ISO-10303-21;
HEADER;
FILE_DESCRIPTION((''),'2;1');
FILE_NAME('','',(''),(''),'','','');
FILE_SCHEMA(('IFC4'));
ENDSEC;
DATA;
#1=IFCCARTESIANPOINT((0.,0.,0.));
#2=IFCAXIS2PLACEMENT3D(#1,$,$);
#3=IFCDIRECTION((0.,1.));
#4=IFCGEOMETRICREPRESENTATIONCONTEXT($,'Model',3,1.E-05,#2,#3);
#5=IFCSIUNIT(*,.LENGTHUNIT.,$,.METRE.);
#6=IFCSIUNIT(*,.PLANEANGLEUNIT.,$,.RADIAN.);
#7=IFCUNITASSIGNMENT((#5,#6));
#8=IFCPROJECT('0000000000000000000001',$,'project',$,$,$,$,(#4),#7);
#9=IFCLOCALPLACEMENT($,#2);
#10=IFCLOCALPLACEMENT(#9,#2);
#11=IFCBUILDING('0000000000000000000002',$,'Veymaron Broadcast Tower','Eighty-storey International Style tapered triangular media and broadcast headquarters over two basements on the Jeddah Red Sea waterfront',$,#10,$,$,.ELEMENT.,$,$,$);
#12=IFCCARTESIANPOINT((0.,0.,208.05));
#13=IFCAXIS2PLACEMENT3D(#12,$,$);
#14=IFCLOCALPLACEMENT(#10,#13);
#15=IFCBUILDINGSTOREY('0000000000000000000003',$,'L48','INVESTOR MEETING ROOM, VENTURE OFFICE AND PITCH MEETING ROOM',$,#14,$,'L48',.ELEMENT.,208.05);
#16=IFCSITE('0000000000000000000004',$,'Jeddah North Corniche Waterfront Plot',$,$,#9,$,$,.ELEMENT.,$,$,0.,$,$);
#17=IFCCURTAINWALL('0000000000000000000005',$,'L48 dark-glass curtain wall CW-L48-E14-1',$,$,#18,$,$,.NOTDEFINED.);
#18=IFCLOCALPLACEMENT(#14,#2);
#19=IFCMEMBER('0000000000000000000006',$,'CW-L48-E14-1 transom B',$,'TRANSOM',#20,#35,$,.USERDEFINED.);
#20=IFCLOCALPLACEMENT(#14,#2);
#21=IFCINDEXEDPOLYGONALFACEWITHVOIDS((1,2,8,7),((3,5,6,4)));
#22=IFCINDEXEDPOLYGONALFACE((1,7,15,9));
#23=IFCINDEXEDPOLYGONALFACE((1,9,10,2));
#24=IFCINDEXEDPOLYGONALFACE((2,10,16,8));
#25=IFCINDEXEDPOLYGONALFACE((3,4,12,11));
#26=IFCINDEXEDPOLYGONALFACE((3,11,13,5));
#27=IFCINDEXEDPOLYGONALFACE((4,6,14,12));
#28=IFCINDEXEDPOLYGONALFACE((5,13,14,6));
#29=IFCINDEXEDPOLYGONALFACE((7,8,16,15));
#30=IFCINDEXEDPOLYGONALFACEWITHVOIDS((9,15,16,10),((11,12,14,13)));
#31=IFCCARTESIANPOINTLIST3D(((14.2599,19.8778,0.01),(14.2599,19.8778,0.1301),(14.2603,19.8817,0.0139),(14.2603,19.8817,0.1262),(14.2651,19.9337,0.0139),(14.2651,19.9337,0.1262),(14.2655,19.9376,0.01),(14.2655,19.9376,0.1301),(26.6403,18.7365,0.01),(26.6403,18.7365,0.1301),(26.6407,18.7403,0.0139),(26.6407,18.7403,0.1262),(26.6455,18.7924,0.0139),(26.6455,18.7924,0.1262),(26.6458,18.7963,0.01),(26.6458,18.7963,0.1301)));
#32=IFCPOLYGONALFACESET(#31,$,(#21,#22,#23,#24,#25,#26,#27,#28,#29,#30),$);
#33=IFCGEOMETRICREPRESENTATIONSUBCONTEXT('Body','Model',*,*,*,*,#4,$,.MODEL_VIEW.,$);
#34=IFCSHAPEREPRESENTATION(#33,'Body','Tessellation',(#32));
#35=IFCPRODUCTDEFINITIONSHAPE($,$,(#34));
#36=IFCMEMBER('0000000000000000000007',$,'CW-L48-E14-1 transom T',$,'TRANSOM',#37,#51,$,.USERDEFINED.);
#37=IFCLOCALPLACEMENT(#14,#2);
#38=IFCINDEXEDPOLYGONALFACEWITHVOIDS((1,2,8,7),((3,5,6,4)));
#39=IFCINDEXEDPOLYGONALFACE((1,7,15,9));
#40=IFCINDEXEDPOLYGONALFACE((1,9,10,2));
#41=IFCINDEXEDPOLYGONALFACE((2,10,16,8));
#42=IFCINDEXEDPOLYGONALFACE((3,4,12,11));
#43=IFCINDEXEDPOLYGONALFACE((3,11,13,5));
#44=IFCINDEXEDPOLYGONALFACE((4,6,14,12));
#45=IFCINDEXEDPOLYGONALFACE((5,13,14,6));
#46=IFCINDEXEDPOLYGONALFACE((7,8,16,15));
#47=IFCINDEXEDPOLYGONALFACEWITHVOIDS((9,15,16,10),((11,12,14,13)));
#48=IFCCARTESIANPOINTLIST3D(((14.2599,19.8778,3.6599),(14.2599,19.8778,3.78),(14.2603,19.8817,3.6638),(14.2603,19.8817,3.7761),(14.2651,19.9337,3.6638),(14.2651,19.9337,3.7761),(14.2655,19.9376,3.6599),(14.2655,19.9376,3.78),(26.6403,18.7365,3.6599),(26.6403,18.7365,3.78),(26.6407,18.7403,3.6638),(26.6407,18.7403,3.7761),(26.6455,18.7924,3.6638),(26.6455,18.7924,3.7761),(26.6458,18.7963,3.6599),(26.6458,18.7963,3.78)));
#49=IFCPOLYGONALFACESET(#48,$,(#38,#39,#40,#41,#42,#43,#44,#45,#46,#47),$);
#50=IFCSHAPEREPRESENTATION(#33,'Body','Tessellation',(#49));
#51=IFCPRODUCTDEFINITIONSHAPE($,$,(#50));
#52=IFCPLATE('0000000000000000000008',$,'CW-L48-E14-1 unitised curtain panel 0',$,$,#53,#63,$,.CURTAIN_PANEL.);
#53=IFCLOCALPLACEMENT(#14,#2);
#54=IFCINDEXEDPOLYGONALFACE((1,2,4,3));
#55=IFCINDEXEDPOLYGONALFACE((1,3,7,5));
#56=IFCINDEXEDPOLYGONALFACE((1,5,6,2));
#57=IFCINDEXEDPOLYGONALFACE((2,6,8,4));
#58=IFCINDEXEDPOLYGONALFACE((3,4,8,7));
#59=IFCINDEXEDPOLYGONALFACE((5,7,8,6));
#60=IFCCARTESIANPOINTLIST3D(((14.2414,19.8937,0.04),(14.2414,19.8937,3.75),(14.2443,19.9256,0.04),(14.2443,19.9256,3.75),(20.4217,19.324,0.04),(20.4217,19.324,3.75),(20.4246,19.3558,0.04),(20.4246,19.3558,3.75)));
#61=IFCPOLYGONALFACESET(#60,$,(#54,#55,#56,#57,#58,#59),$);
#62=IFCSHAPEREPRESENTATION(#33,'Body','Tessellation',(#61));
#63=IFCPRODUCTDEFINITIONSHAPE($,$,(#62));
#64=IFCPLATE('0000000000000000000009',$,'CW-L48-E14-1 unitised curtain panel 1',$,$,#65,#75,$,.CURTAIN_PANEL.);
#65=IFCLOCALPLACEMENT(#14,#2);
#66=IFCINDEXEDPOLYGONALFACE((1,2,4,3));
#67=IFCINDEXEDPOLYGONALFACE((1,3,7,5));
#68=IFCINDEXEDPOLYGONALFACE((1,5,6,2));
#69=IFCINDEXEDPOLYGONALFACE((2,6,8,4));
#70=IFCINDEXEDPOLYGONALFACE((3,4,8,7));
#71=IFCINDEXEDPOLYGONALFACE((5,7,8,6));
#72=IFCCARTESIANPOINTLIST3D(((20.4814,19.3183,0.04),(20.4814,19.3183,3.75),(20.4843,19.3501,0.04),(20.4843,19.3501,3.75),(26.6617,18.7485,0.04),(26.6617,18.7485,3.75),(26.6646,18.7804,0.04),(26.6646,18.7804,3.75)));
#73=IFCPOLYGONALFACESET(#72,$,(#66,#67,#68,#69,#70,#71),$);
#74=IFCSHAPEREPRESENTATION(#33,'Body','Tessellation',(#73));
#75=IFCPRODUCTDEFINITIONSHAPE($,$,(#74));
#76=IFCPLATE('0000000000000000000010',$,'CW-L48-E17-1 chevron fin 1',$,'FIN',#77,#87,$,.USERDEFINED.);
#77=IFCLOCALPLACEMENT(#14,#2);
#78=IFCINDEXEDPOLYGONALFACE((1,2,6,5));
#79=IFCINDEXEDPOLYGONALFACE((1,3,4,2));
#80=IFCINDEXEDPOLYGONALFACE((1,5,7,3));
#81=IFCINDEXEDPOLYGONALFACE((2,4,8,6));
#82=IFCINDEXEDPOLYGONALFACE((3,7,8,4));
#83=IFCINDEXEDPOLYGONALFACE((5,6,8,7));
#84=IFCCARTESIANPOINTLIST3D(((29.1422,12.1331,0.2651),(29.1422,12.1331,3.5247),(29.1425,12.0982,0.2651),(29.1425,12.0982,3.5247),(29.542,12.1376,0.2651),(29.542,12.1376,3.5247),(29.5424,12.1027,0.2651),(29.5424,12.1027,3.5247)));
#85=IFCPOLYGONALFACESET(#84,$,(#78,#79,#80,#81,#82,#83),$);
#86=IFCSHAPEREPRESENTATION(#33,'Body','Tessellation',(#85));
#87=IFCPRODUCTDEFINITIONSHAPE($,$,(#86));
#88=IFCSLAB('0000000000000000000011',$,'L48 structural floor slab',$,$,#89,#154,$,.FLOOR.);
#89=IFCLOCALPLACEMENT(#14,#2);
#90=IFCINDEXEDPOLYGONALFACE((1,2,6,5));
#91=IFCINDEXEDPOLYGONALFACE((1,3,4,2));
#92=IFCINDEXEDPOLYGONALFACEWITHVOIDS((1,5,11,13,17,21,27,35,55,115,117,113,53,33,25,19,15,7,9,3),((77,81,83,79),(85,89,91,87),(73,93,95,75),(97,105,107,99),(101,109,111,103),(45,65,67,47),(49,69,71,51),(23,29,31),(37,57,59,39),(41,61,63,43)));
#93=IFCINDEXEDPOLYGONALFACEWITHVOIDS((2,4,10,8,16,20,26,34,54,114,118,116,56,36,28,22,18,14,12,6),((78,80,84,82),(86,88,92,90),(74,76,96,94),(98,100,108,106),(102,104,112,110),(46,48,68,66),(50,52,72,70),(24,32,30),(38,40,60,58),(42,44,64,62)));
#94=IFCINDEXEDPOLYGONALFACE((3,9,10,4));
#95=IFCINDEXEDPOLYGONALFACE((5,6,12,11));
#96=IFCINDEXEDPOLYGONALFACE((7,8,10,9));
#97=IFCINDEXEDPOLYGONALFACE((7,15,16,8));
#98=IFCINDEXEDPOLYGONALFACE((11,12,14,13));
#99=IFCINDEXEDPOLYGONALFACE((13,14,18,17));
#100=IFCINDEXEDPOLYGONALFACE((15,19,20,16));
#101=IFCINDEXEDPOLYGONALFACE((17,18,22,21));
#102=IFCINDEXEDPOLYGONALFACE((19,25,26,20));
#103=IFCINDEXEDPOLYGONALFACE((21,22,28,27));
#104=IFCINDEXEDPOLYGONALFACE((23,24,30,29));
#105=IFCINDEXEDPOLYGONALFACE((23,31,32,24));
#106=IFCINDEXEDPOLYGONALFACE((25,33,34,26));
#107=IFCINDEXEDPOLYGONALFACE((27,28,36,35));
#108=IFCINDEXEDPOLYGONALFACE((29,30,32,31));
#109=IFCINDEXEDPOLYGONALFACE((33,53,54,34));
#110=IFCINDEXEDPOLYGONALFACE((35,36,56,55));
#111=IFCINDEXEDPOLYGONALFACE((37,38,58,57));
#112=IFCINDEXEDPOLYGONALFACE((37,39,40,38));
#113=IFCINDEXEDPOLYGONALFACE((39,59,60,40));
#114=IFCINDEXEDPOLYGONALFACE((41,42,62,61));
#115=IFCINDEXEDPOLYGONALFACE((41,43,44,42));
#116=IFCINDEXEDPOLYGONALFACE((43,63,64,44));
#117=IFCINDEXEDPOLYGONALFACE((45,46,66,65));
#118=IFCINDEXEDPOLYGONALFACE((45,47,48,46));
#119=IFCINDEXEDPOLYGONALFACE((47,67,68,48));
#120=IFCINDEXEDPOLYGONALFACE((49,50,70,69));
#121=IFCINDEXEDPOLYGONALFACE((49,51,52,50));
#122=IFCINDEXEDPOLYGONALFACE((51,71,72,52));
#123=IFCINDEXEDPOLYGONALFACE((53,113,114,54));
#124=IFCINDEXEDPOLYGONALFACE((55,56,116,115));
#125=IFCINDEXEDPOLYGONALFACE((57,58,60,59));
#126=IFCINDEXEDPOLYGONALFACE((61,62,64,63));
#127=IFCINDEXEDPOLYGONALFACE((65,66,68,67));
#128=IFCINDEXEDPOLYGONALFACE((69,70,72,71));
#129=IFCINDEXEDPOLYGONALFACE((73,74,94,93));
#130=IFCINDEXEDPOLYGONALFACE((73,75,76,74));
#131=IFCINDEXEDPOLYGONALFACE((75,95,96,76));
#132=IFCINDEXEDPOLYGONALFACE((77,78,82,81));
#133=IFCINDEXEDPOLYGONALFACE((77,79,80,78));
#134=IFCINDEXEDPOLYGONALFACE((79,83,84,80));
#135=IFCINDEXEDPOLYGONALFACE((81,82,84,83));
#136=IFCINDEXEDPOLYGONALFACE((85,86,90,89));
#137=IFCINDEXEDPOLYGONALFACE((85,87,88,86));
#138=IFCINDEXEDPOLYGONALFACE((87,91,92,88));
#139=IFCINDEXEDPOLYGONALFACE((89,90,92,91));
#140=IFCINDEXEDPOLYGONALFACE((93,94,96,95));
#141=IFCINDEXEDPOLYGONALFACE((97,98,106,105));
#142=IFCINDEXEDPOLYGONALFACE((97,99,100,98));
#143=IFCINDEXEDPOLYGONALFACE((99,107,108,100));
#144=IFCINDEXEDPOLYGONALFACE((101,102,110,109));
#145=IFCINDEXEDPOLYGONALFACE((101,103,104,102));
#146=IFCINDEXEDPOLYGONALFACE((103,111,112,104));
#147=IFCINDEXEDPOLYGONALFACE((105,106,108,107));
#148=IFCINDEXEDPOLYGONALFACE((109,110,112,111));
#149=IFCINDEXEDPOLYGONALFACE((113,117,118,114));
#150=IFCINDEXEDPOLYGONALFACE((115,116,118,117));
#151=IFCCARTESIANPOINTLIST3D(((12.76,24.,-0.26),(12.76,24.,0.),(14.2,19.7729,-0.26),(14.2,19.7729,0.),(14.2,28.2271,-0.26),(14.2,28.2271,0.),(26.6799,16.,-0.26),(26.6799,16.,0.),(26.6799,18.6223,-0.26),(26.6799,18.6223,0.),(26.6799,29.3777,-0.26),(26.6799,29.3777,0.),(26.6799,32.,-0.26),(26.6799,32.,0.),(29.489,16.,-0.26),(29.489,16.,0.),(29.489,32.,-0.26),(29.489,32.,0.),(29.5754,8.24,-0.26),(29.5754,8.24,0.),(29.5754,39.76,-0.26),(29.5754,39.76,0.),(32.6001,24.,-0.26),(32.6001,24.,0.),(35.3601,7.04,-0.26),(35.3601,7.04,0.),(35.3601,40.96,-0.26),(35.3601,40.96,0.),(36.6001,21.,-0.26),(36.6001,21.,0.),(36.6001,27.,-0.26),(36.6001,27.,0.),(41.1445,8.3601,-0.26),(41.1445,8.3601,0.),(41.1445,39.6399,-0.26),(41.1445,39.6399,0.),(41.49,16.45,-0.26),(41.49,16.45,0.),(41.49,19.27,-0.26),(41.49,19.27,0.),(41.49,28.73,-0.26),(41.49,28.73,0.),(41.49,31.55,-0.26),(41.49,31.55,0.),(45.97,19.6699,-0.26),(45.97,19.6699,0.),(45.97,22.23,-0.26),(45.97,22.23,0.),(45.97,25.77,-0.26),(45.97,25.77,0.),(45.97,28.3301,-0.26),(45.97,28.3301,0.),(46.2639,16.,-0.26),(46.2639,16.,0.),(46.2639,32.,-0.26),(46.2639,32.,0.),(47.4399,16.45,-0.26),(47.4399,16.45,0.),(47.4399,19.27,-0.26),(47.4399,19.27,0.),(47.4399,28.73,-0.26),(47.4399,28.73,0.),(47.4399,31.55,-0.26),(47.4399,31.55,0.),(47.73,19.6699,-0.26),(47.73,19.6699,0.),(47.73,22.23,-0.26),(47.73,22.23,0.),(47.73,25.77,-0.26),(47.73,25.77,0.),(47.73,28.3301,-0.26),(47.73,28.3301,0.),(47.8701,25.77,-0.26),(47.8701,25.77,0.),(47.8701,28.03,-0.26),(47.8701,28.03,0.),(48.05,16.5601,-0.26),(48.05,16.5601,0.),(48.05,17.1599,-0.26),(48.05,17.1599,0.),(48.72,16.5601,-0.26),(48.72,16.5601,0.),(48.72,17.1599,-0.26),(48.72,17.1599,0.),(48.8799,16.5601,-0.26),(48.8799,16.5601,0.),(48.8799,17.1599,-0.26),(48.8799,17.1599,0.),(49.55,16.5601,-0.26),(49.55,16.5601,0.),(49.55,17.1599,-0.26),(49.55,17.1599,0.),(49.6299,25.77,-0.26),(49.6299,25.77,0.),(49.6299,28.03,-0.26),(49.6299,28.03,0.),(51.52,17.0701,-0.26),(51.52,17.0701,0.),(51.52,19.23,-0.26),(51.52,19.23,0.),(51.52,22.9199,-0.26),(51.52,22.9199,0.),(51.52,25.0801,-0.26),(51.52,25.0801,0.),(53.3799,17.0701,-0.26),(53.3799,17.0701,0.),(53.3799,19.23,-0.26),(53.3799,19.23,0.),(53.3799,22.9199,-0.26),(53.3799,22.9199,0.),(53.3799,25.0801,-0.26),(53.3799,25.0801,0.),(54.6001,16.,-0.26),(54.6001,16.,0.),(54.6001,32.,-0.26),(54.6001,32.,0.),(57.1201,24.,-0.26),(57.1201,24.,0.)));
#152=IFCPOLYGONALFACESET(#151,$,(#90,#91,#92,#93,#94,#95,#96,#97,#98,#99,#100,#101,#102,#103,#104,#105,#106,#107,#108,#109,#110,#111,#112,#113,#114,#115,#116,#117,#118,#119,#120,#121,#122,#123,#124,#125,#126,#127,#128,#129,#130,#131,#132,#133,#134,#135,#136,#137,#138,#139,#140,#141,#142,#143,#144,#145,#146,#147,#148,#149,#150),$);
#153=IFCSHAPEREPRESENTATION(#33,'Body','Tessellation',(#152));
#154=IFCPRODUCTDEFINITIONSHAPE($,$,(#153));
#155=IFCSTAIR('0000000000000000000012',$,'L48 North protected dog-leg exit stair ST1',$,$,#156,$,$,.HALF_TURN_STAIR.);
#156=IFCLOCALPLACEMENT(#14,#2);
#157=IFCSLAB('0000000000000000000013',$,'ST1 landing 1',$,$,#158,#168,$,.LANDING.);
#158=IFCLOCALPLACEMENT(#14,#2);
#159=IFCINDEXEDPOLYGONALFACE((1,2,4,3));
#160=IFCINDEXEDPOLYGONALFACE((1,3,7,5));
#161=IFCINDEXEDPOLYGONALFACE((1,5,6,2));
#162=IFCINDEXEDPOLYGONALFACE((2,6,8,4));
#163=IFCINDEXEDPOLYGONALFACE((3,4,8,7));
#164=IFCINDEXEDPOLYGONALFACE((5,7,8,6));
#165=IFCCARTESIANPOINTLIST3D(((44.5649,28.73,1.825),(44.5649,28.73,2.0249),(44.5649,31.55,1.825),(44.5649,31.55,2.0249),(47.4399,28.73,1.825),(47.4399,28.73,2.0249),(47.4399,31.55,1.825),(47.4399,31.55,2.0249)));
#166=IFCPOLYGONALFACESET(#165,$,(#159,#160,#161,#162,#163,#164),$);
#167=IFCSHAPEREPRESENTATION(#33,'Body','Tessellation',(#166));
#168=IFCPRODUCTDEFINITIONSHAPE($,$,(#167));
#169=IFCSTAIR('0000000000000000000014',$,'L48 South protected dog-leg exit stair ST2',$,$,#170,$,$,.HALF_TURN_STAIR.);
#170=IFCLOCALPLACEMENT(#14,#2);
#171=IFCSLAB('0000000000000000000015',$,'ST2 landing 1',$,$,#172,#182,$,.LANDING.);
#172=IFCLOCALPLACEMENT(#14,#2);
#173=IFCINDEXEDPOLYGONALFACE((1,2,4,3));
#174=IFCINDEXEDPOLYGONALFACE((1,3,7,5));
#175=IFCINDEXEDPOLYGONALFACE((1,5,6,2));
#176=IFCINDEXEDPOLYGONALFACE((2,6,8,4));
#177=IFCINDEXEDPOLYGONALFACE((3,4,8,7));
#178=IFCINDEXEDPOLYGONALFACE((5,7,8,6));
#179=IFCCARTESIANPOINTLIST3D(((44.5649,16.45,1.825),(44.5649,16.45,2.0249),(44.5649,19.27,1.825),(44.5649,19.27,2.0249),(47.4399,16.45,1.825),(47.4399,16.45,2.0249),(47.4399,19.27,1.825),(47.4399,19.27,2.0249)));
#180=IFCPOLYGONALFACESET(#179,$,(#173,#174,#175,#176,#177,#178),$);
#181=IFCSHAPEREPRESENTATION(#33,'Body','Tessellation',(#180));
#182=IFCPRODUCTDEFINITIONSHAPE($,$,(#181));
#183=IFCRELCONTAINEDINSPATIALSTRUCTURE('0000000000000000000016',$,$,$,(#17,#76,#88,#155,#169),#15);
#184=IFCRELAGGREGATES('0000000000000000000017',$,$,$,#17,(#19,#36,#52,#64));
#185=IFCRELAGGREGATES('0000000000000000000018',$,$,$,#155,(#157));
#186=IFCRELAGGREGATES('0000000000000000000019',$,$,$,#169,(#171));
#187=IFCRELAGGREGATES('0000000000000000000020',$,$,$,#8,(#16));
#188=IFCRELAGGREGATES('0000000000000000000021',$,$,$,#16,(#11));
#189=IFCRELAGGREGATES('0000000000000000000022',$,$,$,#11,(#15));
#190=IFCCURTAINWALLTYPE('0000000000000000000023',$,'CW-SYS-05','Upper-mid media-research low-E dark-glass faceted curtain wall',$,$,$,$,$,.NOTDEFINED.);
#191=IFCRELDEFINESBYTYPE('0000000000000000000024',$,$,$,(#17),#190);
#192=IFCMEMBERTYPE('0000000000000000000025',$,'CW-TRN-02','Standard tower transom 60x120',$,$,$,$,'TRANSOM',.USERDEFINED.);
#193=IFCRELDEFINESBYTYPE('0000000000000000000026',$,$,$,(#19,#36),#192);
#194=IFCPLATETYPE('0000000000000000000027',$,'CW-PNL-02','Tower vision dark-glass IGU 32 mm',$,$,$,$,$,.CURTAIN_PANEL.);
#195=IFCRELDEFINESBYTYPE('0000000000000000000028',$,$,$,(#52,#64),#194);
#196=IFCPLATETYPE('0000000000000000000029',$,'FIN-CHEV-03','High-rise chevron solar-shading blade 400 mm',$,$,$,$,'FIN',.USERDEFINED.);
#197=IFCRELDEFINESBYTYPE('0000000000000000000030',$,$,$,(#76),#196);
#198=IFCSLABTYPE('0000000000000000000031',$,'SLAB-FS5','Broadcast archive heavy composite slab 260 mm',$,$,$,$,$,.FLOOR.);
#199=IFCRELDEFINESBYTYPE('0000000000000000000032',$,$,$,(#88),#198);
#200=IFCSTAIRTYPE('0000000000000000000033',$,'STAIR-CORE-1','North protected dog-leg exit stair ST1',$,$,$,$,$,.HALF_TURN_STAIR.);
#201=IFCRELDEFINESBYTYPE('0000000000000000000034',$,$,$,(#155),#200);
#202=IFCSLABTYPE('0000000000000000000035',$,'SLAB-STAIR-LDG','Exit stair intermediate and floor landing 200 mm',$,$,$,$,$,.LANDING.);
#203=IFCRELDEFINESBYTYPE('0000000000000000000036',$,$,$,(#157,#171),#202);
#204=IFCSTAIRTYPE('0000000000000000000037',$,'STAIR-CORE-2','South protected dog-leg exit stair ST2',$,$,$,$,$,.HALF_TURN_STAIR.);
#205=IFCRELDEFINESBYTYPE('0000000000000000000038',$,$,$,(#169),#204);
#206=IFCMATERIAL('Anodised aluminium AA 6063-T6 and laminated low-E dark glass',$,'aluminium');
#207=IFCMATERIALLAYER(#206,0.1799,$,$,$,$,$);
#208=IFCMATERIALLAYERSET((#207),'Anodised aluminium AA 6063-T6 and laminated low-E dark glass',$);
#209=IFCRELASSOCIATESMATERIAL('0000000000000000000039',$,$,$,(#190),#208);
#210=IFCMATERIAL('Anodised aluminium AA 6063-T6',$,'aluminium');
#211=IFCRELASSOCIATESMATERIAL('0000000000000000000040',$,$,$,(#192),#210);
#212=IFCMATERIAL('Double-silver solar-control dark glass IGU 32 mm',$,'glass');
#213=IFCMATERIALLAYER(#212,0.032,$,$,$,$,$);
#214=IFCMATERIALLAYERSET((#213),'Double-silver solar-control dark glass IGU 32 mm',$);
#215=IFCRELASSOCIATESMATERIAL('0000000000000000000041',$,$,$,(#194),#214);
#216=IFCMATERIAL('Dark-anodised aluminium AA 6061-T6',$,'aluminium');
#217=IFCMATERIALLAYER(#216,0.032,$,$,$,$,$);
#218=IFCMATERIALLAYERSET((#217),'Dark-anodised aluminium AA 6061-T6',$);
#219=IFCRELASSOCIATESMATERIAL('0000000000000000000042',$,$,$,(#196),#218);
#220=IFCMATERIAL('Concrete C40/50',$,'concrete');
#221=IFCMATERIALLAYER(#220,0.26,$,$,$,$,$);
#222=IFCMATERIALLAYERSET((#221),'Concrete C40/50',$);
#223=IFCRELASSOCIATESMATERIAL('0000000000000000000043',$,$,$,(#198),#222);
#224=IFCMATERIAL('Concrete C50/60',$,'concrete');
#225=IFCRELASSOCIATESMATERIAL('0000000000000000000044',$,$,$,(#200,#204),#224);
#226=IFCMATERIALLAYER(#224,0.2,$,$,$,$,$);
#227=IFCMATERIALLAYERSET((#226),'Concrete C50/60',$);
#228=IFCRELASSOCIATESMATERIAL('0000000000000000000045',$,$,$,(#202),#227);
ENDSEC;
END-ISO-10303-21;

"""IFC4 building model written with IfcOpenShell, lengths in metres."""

from ifc_helpers import new_model, si_unit, direction, frame, origin, origin_2d, place, context, subcontext, project, spatial, polyline, rectangle, hollow_rectangle, outline, extrude, material, layer, layer_set, material_profile, profile_set, type_object, element, aggregate, save


model = new_model("IFC4")

# Units and contexts
model_context = context("Model", 3, precision=1e-05, world=origin(), true_north=direction((0.0, 1.0)))
body_context = subcontext(model_context, "Body", "Model", "MODEL_VIEW")
ifc_project = project(units=[si_unit("LENGTHUNIT", "METRE"), si_unit("PLANEANGLEUNIT", "RADIAN")], contexts=[model_context])

# Site, building, storey
site_placement = place(None, origin())
site = spatial("IfcSite", under=ifc_project, at=site_placement, Name="Jeddah North Corniche Waterfront Plot", CompositionType="ELEMENT", RefElevation=0.0)
building_placement = place(site_placement, origin())
building = spatial("IfcBuilding", under=site, at=building_placement, Name="Veymaron Broadcast Tower", Description="Eighty-storey International Style tapered triangular media and broadcast headquarters over two basements on the Jeddah Red Sea waterfront", CompositionType="ELEMENT")
storey_placement = place(building_placement, frame((0.0, 0.0, 208.05)))
storey = spatial("IfcBuildingStorey", under=building, at=storey_placement, Name="L48", Description="INVESTOR MEETING ROOM, VENTURE OFFICE AND PITCH MEETING ROOM", LongName="L48", CompositionType="ELEMENT", Elevation=208.05)

# Curtain wall, members, plates
ifc_material_1 = material(Name="Anodised aluminium AA 6063-T6 and laminated low-E dark glass", Category="aluminium")
ifc_layer_1 = layer(ifc_material_1, 0.1799)
ifc_layer_set_1 = layer_set([ifc_layer_1], Name="Anodised aluminium AA 6063-T6 and laminated low-E dark glass")
curtain_wall_type = type_object("IfcCurtainWallType", Name="CW-SYS-05", Description="Upper-mid media-research low-E dark-glass faceted curtain wall", PredefinedType="NOTDEFINED", material=ifc_layer_set_1)
curtain_wall_placement = place(storey_placement, origin())
curtain_wall = element("IfcCurtainWall", 1, at=curtain_wall_placement, inside=storey, type_object=curtain_wall_type, Name="L48 dark-glass curtain wall CW-L48-E14-1", PredefinedType="NOTDEFINED")
ifc_material_2 = material(Name="Anodised aluminium AA 6063-T6", Category="aluminium")
ifc_material_profile_1 = material_profile(ifc_material_2, hollow_rectangle(XDim=0.0601, YDim=0.1201, WallThickness=0.0039, at=origin_2d()), Name="AL120X60X4")
ifc_profile_set_1 = profile_set([ifc_material_profile_1], Name="Anodised aluminium AA 6063-T6")
member_type_1 = type_object("IfcMemberType", Name="CW-TRN-02", Description="Standard tower transom 60x120", ElementType="TRANSOM", PredefinedType="USERDEFINED", material=ifc_profile_set_1)
member_1_placement = place(storey_placement, frame((14.2627, 19.9077, 0.0701), z_axis=(0.995777, -0.091802, 0.0), x_axis=(0.091802, 0.995777, 0.0)))
member_1 = element("IfcMember", 2, at=member_1_placement, type_object=member_type_1, Name="CW-L48-E14-1 transom B", ObjectType="TRANSOM", PredefinedType="USERDEFINED", context=body_context, shape_type="SweptSolid", body=[
    extrude(hollow_rectangle(XDim=0.0601, YDim=0.1201, WallThickness=0.0039, at=origin_2d()), origin(), (0.0, 0.0, 1.0), 12.4329),
])
member_2_placement = place(storey_placement, frame((14.2627, 19.9077, 3.72), z_axis=(0.995777, -0.091802, 0.0), x_axis=(0.091802, 0.995777, 0.0)))
member_2 = element("IfcMember", 3, at=member_2_placement, type_object=member_type_1, Name="CW-L48-E14-1 transom T", ObjectType="TRANSOM", PredefinedType="USERDEFINED", context=body_context, shape_type="SweptSolid", body=[
    extrude(hollow_rectangle(XDim=0.0601, YDim=0.1201, WallThickness=0.0039, at=origin_2d()), origin(), (0.0, 0.0, 1.0), 12.4329),
])
ifc_material_3 = material(Name="Double-silver solar-control dark glass IGU 32 mm", Category="glass")
ifc_layer_2 = layer(ifc_material_3, 0.032)
ifc_layer_set_2 = layer_set([ifc_layer_2], Name="Double-silver solar-control dark glass IGU 32 mm")
plate_type_1 = type_object("IfcPlateType", Name="CW-PNL-02", Description="Tower vision dark-glass IGU 32 mm", PredefinedType="CURTAIN_PANEL", material=ifc_layer_set_2)
plate_1_placement = place(storey_placement, frame((17.333, 19.6248, 0.04), z_axis=(0.0, 0.0, 1.0), x_axis=(0.995778, -0.091797, 0.0)))
plate_1 = element("IfcPlate", 4, at=plate_1_placement, type_object=plate_type_1, Name="CW-L48-E14-1 unitised curtain panel 0", PredefinedType="CURTAIN_PANEL", context=body_context, shape_type="SweptSolid", body=[
    extrude(rectangle(XDim=6.2065, YDim=0.032, at=origin_2d()), origin(), (0.0, 0.0, 1.0), 3.71),
])
plate_2_placement = place(storey_placement, frame((23.573, 19.0493, 0.04), z_axis=(0.0, 0.0, 1.0), x_axis=(0.995778, -0.091797, 0.0)))
plate_2 = element("IfcPlate", 5, at=plate_2_placement, type_object=plate_type_1, Name="CW-L48-E14-1 unitised curtain panel 1", PredefinedType="CURTAIN_PANEL", context=body_context, shape_type="SweptSolid", body=[
    extrude(rectangle(XDim=6.2065, YDim=0.032, at=origin_2d()), origin(), (0.0, 0.0, 1.0), 3.71),
])
aggregate(curtain_wall, [member_1, member_2, plate_1, plate_2])

# Plate
ifc_material_4 = material(Name="Dark-anodised aluminium AA 6061-T6", Category="aluminium")
ifc_layer_3 = layer(ifc_material_4, 0.032)
ifc_layer_set_3 = layer_set([ifc_layer_3], Name="Dark-anodised aluminium AA 6061-T6")
plate_type_2 = type_object("IfcPlateType", Name="FIN-CHEV-03", Description="High-rise chevron solar-shading blade 400 mm", ElementType="FIN", PredefinedType="USERDEFINED", material=ifc_layer_set_3)
plate_3_placement = place(storey_placement, frame((29.3423, 12.1179, 0.2651), z_axis=(0.0, 0.0, 1.0), x_axis=(-0.999938, -0.011152, 0.0)))
element("IfcPlate", 6, at=plate_3_placement, inside=storey, type_object=plate_type_2, Name="CW-L48-E17-1 chevron fin 1", ObjectType="FIN", PredefinedType="USERDEFINED", context=body_context, shape_type="SweptSolid", body=[
    extrude(rectangle(XDim=0.3999, YDim=0.0349, at=origin_2d()), origin(), (0.0, 0.0, 1.0), 3.2595),
])

# Slab
ifc_material_5 = material(Name="Concrete C40/50", Category="concrete")
ifc_layer_4 = layer(ifc_material_5, 0.26)
ifc_layer_set_4 = layer_set([ifc_layer_4], Name="Concrete C40/50")
slab_type_1 = type_object("IfcSlabType", Name="SLAB-FS5", Description="Broadcast archive heavy composite slab 260 mm", PredefinedType="FLOOR", material=ifc_layer_set_4)
slab_1_placement = place(storey_placement, frame((0.0, 0.0, -0.26)))
element("IfcSlab", 7, at=slab_1_placement, inside=storey, type_object=slab_type_1, Name="L48 structural floor slab", PredefinedType="FLOOR", context=body_context, shape_type="SweptSolid", body=[
    extrude(outline(polyline([(46.2639, 16.0), (54.6001, 16.0), (57.1201, 24.0), (54.6001, 32.0), (46.2639, 32.0), (41.1445, 39.6399), (35.3601, 40.96), (29.5754, 39.76), (29.489, 32.0), (26.6799, 32.0), (26.6799, 29.3777), (14.2, 28.2271), (12.76, 24.0), (14.2, 19.7729), (26.6799, 18.6223), (26.6799, 16.0), (29.489, 16.0), (29.5754, 8.24), (35.3601, 7.04), (41.1445, 8.3601), (46.2639, 16.0)]), holes=[polyline([(45.97, 28.3301), (47.73, 28.3301), (47.73, 25.77), (45.97, 25.77), (45.97, 28.3301)]), polyline([(45.97, 22.23), (47.73, 22.23), (47.73, 19.6699), (45.97, 19.6699), (45.97, 22.23)]), polyline([(47.8701, 28.03), (49.6299, 28.03), (49.6299, 25.77), (47.8701, 25.77), (47.8701, 28.03)]), polyline([(51.52, 25.0801), (53.3799, 25.0801), (53.3799, 22.9199), (51.52, 22.9199), (51.52, 25.0801)]), polyline([(51.52, 19.23), (53.3799, 19.23), (53.3799, 17.0701), (51.52, 17.0701), (51.52, 19.23)]), polyline([(48.05, 17.1599), (48.72, 17.1599), (48.72, 16.5601), (48.05, 16.5601), (48.05, 17.1599)]), polyline([(48.8799, 17.1599), (49.55, 17.1599), (49.55, 16.5601), (48.8799, 16.5601), (48.8799, 17.1599)]), polyline([(36.6001, 27.0), (36.6001, 21.0), (32.6001, 24.0), (36.6001, 27.0)]), polyline([(41.49, 31.55), (47.4399, 31.55), (47.4399, 28.73), (41.49, 28.73), (41.49, 31.55)]), polyline([(41.49, 19.27), (47.4399, 19.27), (47.4399, 16.45), (41.49, 16.45), (41.49, 19.27)])]), origin(), (0.0, 0.0, 1.0), 0.26),
])

# Stairs, slabs
ifc_material_6 = material(Name="Concrete C50/60", Category="concrete")
stair_type_1 = type_object("IfcStairType", Name="STAIR-CORE-1", Description="North protected dog-leg exit stair ST1", PredefinedType="HALF_TURN_STAIR", material=ifc_material_6)
stair_1_placement = place(storey_placement, origin())
stair_1 = element("IfcStair", 8, at=stair_1_placement, inside=storey, type_object=stair_type_1, Name="L48 North protected dog-leg exit stair ST1", PredefinedType="HALF_TURN_STAIR")
ifc_layer_5 = layer(ifc_material_6, 0.2)
ifc_layer_set_5 = layer_set([ifc_layer_5], Name="Concrete C50/60")
slab_type_2 = type_object("IfcSlabType", Name="SLAB-STAIR-LDG", Description="Exit stair intermediate and floor landing 200 mm", PredefinedType="LANDING", material=ifc_layer_set_5)
slab_2_placement = place(storey_placement, frame((0.0, 0.0, 1.825)))
slab_2 = element("IfcSlab", 9, at=slab_2_placement, type_object=slab_type_2, Name="ST1 landing 1", PredefinedType="LANDING", context=body_context, shape_type="SweptSolid", body=[
    extrude(outline(polyline([(44.5649, 28.73), (47.4399, 28.73), (47.4399, 31.55), (44.5649, 31.55), (44.5649, 28.73)])), origin(), (0.0, 0.0, 1.0), 0.2),
])
aggregate(stair_1, [slab_2])
stair_type_2 = type_object("IfcStairType", Name="STAIR-CORE-2", Description="South protected dog-leg exit stair ST2", PredefinedType="HALF_TURN_STAIR", material=ifc_material_6)
stair_2_placement = place(storey_placement, origin())
stair_2 = element("IfcStair", 10, at=stair_2_placement, inside=storey, type_object=stair_type_2, Name="L48 South protected dog-leg exit stair ST2", PredefinedType="HALF_TURN_STAIR")
slab_3_placement = place(storey_placement, frame((0.0, 0.0, 1.825)))
slab_3 = element("IfcSlab", 11, at=slab_3_placement, type_object=slab_type_2, Name="ST2 landing 1", PredefinedType="LANDING", context=body_context, shape_type="SweptSolid", body=[
    extrude(outline(polyline([(44.5649, 16.45), (47.4399, 16.45), (47.4399, 19.27), (44.5649, 19.27), (44.5649, 16.45)])), origin(), (0.0, 0.0, 1.0), 0.2),
])
aggregate(stair_2, [slab_3])

save(model, "model.ifc")
